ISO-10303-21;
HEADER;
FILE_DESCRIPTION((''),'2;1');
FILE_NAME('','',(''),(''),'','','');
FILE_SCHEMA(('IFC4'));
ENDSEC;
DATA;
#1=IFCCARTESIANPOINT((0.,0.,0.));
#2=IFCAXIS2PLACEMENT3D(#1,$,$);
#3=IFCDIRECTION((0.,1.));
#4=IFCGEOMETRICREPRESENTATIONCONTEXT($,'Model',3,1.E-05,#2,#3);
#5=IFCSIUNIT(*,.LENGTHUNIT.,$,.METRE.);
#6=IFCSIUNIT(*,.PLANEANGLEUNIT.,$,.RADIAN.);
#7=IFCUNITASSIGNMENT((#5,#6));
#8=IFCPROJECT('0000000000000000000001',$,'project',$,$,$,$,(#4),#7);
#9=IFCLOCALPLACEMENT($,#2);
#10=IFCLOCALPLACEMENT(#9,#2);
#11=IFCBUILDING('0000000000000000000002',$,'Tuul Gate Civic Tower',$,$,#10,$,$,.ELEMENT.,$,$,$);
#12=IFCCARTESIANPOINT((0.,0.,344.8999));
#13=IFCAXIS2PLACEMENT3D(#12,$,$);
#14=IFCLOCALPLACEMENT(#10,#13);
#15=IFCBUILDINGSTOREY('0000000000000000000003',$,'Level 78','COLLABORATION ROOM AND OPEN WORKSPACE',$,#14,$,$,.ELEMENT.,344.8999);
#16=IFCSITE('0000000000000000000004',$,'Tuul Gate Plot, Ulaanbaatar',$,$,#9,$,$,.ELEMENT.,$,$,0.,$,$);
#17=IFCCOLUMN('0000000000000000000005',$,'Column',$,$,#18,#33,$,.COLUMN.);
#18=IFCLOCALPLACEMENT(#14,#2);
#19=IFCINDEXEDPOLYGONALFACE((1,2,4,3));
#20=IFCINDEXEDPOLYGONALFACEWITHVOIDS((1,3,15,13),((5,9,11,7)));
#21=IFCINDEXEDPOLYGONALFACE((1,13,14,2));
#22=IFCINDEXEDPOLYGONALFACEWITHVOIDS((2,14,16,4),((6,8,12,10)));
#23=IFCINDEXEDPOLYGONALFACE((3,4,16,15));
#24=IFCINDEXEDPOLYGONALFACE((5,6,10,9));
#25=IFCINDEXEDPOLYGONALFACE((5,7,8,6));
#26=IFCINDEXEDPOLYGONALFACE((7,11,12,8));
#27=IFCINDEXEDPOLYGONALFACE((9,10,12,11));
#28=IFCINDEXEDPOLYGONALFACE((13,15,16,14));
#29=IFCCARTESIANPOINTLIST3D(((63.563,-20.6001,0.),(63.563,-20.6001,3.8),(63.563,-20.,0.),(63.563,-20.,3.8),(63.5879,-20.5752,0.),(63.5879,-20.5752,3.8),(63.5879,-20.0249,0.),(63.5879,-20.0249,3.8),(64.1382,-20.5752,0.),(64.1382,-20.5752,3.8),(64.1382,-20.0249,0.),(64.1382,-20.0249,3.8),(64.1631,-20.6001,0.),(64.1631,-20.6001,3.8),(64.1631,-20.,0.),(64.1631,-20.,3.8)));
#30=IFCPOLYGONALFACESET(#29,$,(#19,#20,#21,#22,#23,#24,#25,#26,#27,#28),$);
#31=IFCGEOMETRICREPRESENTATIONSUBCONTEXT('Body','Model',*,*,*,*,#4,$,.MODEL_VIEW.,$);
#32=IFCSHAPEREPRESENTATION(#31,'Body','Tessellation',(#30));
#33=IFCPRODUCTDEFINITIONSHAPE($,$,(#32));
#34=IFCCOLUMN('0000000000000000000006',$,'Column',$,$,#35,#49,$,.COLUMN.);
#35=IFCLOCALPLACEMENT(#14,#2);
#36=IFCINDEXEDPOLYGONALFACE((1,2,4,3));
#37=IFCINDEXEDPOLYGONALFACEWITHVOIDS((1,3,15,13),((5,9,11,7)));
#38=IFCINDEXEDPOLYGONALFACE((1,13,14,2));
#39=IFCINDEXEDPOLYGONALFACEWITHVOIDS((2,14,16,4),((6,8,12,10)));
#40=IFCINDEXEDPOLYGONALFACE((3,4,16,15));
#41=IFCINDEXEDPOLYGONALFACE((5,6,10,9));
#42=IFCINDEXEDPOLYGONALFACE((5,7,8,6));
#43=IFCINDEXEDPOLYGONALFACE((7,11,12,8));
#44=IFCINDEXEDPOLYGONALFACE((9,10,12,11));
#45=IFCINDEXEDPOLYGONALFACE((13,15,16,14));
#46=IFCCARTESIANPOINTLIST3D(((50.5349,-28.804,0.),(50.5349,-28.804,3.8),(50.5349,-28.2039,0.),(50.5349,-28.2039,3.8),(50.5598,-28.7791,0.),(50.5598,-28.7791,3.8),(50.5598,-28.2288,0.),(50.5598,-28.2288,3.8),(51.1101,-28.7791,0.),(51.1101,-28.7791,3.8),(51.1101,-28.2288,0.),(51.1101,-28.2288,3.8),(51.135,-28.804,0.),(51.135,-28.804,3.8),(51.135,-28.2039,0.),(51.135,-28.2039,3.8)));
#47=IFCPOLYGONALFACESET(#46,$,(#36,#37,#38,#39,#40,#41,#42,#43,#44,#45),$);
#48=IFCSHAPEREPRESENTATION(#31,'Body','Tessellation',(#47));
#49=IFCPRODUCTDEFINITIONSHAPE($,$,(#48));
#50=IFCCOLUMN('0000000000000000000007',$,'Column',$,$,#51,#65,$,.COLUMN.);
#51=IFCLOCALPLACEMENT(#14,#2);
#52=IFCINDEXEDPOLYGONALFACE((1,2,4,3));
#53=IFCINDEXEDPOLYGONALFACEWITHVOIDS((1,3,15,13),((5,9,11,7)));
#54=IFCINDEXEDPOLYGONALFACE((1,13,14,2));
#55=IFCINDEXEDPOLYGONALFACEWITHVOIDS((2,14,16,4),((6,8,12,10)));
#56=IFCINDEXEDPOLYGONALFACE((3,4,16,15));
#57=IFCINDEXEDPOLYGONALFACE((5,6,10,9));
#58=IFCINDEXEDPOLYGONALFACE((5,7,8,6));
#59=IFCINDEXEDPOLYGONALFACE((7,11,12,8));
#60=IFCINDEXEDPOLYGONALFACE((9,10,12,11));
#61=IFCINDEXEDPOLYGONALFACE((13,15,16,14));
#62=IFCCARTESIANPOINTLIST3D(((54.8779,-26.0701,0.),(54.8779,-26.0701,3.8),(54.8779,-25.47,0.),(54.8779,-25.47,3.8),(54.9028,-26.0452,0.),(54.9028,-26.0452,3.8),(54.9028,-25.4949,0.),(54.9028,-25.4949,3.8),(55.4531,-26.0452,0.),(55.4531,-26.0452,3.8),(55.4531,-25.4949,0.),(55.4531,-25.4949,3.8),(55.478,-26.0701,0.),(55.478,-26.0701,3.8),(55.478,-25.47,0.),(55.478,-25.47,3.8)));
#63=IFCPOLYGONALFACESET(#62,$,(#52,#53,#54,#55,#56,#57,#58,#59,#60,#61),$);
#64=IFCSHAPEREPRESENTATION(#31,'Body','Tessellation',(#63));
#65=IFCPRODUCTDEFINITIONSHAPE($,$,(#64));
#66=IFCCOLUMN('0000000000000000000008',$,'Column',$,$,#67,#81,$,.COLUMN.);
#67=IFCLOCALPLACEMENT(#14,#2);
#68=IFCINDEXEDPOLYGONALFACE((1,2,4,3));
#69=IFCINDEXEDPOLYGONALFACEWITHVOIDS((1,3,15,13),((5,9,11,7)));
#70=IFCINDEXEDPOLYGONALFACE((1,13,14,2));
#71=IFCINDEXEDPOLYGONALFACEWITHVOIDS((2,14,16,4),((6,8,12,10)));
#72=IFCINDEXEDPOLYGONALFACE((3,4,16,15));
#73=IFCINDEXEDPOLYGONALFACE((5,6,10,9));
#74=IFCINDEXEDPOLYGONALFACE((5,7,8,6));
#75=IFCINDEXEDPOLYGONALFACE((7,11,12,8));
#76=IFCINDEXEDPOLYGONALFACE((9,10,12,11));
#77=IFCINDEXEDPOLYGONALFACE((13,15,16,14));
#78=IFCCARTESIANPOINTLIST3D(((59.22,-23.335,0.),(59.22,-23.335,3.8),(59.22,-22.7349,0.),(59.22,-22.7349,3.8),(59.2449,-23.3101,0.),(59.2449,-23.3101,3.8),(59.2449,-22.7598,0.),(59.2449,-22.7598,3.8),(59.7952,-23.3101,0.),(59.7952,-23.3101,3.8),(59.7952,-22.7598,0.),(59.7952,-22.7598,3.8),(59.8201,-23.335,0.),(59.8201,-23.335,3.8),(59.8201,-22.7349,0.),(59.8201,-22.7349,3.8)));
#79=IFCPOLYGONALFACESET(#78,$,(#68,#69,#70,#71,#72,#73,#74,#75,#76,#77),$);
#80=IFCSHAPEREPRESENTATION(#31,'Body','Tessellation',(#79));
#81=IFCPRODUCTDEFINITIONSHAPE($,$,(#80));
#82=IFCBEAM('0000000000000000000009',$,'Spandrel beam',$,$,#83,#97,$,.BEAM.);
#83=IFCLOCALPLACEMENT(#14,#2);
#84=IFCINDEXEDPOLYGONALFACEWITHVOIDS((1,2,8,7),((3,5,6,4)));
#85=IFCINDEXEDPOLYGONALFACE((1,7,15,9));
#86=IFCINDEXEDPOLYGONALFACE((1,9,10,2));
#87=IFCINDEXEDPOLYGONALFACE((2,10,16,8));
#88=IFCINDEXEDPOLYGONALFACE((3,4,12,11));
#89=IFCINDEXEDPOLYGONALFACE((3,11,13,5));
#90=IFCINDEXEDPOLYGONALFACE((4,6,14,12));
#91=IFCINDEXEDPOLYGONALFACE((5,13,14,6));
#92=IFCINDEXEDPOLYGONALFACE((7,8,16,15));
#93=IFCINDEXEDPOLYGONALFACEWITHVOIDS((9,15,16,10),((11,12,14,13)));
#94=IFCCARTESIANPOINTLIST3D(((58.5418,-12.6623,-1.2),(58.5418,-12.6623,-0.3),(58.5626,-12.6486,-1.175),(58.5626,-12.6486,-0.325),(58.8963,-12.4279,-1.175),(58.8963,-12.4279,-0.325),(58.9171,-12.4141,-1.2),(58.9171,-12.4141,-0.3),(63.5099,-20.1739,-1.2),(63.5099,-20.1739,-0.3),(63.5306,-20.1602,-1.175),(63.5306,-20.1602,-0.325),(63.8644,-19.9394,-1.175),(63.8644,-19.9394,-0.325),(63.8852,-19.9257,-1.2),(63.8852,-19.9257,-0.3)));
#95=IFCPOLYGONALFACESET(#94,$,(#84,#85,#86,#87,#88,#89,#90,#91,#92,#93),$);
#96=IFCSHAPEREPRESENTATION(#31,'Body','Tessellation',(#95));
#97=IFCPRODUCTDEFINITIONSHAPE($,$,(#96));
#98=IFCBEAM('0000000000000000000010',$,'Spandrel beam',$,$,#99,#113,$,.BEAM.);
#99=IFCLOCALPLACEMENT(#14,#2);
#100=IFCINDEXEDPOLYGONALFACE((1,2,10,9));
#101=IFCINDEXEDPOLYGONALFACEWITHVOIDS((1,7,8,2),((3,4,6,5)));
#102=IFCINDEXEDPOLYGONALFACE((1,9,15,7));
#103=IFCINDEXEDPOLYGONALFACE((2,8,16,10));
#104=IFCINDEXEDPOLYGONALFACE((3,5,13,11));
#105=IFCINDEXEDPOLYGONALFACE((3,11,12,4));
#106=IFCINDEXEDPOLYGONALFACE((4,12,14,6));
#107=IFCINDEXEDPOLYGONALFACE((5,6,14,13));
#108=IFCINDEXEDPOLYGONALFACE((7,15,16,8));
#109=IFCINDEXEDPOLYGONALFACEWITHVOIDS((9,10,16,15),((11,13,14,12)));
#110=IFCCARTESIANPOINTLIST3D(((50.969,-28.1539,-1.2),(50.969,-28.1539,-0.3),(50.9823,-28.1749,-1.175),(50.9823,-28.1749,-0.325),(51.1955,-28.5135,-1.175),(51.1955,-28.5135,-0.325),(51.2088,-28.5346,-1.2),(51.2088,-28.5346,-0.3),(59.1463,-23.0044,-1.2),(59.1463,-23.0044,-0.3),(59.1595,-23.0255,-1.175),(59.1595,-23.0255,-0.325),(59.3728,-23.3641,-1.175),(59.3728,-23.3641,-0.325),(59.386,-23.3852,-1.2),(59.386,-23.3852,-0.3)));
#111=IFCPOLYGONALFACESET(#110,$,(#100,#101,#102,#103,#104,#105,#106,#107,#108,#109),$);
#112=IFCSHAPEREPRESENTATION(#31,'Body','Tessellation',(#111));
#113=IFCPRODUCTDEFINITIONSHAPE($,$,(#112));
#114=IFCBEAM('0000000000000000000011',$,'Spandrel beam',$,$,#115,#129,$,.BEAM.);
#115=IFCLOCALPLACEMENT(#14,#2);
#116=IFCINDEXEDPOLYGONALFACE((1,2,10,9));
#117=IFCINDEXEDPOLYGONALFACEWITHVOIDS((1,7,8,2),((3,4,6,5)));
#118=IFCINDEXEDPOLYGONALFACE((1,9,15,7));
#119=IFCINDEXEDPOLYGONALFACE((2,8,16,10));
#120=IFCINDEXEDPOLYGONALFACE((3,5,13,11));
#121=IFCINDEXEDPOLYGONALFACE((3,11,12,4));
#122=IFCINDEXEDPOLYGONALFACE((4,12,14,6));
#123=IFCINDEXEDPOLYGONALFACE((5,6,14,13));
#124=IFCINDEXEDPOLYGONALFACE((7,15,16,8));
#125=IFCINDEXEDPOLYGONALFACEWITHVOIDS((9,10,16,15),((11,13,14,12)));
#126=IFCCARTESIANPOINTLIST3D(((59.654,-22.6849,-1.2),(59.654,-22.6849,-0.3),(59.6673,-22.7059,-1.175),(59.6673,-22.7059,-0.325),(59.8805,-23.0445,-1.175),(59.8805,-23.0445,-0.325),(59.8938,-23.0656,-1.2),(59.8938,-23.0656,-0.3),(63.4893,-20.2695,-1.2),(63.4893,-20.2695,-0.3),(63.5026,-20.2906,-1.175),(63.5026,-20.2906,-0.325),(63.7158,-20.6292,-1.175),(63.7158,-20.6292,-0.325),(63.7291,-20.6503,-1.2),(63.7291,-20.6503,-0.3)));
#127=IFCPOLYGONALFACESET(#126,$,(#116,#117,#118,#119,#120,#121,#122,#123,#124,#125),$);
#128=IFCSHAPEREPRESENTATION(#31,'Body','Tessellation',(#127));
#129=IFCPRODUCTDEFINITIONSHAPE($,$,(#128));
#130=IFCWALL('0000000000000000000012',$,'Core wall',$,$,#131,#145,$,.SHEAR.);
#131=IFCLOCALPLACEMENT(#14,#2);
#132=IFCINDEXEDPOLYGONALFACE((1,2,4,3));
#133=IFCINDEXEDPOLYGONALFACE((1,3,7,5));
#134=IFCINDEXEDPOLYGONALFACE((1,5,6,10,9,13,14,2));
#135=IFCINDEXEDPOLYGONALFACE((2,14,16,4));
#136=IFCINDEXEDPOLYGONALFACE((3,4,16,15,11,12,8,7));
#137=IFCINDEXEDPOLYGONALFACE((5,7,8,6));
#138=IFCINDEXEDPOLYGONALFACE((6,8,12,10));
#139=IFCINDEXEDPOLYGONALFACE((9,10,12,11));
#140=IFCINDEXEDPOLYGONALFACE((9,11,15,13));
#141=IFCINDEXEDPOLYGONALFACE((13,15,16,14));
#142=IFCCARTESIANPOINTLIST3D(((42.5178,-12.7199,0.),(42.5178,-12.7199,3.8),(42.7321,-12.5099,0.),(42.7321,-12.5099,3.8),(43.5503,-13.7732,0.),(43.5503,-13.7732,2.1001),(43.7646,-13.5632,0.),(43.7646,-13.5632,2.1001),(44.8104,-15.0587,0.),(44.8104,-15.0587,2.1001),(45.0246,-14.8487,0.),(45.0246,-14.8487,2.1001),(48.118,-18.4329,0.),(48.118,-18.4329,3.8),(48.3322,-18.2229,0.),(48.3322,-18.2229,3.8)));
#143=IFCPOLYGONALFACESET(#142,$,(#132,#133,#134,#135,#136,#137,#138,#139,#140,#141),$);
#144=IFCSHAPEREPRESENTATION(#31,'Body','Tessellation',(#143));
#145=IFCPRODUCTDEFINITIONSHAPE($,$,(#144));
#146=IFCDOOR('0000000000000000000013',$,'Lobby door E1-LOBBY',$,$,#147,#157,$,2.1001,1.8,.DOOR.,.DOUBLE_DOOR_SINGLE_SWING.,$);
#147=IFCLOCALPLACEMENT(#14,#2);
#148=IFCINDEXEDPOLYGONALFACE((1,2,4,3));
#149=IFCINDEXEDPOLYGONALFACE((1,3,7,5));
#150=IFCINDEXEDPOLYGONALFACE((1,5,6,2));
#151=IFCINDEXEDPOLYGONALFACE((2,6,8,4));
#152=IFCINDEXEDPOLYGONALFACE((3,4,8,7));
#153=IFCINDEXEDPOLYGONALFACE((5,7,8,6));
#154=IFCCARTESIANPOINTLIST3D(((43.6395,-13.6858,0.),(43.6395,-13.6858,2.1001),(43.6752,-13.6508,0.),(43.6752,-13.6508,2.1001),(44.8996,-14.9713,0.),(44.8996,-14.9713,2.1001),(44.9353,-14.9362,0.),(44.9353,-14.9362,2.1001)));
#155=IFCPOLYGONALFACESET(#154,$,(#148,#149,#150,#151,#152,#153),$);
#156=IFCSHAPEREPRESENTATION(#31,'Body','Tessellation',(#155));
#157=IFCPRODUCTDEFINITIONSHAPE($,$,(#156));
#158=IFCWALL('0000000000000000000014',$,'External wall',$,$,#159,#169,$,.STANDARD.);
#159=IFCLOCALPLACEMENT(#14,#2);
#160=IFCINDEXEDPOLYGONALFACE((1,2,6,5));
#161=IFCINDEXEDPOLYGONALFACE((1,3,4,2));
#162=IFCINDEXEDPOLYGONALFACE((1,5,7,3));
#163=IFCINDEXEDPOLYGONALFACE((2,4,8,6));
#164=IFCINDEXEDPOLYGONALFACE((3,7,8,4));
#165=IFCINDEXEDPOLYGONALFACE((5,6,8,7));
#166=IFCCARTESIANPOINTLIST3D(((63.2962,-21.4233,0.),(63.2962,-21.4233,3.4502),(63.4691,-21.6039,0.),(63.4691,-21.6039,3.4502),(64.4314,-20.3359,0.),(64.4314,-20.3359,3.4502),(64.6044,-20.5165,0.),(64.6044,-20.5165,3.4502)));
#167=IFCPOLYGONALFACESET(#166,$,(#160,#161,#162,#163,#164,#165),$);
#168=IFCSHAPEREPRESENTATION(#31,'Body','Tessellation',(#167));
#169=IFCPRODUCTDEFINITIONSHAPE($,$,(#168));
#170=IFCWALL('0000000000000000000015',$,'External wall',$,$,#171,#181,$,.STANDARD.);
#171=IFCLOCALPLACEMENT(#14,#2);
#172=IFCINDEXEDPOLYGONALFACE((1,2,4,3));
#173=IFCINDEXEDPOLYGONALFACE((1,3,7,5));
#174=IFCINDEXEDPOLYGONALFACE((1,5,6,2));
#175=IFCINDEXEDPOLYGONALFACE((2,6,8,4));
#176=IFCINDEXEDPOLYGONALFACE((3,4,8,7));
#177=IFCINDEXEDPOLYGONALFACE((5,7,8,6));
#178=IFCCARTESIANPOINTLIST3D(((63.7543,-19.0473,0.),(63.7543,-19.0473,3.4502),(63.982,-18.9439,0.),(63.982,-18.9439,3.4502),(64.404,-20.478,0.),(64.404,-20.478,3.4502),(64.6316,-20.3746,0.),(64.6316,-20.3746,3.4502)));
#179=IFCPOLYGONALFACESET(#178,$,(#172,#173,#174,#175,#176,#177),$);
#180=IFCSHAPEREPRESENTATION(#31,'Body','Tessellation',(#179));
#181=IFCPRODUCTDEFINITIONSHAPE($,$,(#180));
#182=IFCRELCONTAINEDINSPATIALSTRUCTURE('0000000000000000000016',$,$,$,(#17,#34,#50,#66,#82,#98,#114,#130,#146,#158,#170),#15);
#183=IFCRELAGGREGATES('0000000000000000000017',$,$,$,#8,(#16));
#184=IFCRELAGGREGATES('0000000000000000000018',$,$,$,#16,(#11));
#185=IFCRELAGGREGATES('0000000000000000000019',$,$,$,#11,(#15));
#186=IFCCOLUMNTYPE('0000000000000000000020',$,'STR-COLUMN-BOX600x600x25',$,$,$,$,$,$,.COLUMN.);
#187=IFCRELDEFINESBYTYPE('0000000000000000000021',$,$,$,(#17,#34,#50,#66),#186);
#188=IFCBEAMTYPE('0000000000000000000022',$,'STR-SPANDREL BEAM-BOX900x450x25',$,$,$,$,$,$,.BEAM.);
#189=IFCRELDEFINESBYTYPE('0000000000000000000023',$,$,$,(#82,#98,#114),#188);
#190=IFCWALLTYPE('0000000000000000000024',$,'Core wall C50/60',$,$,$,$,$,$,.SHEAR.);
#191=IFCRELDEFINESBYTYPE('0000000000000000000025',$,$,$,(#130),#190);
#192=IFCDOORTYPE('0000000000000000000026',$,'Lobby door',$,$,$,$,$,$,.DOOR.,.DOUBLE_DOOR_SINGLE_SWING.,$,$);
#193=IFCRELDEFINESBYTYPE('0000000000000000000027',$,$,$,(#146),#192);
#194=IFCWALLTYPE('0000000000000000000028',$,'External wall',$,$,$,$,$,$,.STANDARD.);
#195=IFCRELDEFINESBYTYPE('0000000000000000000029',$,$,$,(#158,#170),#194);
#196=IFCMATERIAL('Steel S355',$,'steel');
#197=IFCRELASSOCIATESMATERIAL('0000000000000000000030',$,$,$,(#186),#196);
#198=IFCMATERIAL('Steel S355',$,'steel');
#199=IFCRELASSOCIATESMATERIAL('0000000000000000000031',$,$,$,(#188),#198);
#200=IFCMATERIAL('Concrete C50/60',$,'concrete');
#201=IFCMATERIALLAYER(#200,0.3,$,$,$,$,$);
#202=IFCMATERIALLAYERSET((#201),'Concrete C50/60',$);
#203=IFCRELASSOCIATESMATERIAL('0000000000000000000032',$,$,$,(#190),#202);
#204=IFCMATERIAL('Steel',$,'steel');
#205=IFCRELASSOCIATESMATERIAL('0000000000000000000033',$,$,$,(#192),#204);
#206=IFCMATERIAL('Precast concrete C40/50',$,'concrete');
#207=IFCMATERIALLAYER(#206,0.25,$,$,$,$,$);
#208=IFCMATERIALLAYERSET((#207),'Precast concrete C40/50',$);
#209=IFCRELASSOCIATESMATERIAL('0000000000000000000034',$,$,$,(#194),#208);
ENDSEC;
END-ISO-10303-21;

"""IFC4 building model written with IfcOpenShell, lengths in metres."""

from ifc_helpers import new_model, si_unit, direction, frame, frame_2d, origin, origin_2d, place, context, subcontext, project, spatial, rectangle, hollow_rectangle, extrude, material, layer, layer_set, material_profile, profile_set, type_object, element, fill, save


model = new_model("IFC4")

# Units and contexts
model_context = context("Model", 3, precision=1e-05, world=origin(), true_north=direction((0.0, 1.0)))
body_context = subcontext(model_context, "Body", "Model", "MODEL_VIEW")
ifc_project = project(units=[si_unit("LENGTHUNIT", "METRE"), si_unit("PLANEANGLEUNIT", "RADIAN")], contexts=[model_context])

# Site, building, storey
site_placement = place(None, origin())
site = spatial("IfcSite", under=ifc_project, at=site_placement, Name="Tuul Gate Plot, Ulaanbaatar", CompositionType="ELEMENT", RefElevation=0.0)
building_placement = place(site_placement, origin())
building = spatial("IfcBuilding", under=site, at=building_placement, Name="Tuul Gate Civic Tower", CompositionType="ELEMENT")
storey_placement = place(building_placement, frame((0.0, 0.0, 344.8999)))
storey = spatial("IfcBuildingStorey", under=building, at=storey_placement, Name="Level 78", Description="COLLABORATION ROOM AND OPEN WORKSPACE", CompositionType="ELEMENT", Elevation=344.8999)

# Columns
ifc_material_1 = material(Name="Steel S355", Category="steel")
ifc_material_profile_1 = material_profile(ifc_material_1, hollow_rectangle(XDim=0.6001, YDim=0.6001, WallThickness=0.0249, at=origin_2d()), Name="BOX600x600x25")
ifc_profile_set_1 = profile_set([ifc_material_profile_1], Name="Steel S355")
column_type = type_object("IfcColumnType", Name="STR-COLUMN-BOX600x600x25", PredefinedType="COLUMN", material=ifc_profile_set_1)
for number, where, z_axis, x_axis, name in (
    (1, (63.863, -20.3, 0.0), (0.0, 0.0, 1.0), (1.0, 0.0, 0.0), "Column"),
    (2, (50.835, -28.5039, 0.0), (0.0, 0.0, 1.0), (1.0, 0.0, 0.0), "Column"),
    (3, (55.178, -25.77, 0.0), (0.0, 0.0, 1.0), (1.0, 0.0, 0.0), "Column"),
    (4, (59.52, -23.0349, 0.0), (0.0, 0.0, 1.0), (1.0, 0.0, 0.0), "Column"),
):
    element("IfcColumn", number, at=place(storey_placement, frame(where, z_axis=z_axis, x_axis=x_axis)), inside=storey, type_object=column_type, Name=name, PredefinedType="COLUMN", context=body_context, shape_type="SweptSolid", body=[
        extrude(hollow_rectangle(XDim=0.6001, YDim=0.6001, WallThickness=0.0249, at=origin_2d()), origin(), (0.0, 0.0, 1.0), 3.8),
    ])

# Beams
ifc_material_2 = material(Name="Steel S355", Category="steel")
ifc_material_profile_2 = material_profile(ifc_material_2, hollow_rectangle(XDim=0.45, YDim=0.8999, WallThickness=0.0249, at=origin_2d()), Name="BOX900x450x25")
ifc_profile_set_2 = profile_set([ifc_material_profile_2], Name="Steel S355")
beam_type = type_object("IfcBeamType", Name="STR-SPANDREL BEAM-BOX900x450x25", PredefinedType="BEAM", material=ifc_profile_set_2)
beam_1_placement = place(storey_placement, frame((63.6975, -20.0498, -0.75), z_axis=(-0.55165, 0.834076, 0.0), x_axis=(-0.834076, -0.55165, 0.0)))
element("IfcBeam", 5, at=beam_1_placement, inside=storey, type_object=beam_type, Name="Spandrel beam", PredefinedType="BEAM", context=body_context, shape_type="SweptSolid", body=[
    extrude(hollow_rectangle(XDim=0.45, YDim=0.8999, WallThickness=0.0249, at=origin_2d()), origin(), (0.0, 0.0, 1.0), 9.0059),
])
beam_2_placement = place(storey_placement, frame((51.0889, -28.3442, -0.75), z_axis=(0.846197, 0.532871, 0.0), x_axis=(-0.532871, 0.846197, 0.0)))
element("IfcBeam", 6, at=beam_2_placement, inside=storey, type_object=beam_type, Name="Spandrel beam", PredefinedType="BEAM", context=body_context, shape_type="SweptSolid", body=[
    extrude(hollow_rectangle(XDim=0.45, YDim=0.8999, WallThickness=0.0249, at=origin_2d()), origin(), (0.0, 0.0, 1.0), 9.6636),
])
beam_3_placement = place(storey_placement, frame((59.7739, -22.8752, -0.75), z_axis=(0.846181, 0.532896, 0.0), x_axis=(-0.532896, 0.846181, 0.0)))
element("IfcBeam", 7, at=beam_3_placement, inside=storey, type_object=beam_type, Name="Spandrel beam", PredefinedType="BEAM", context=body_context, shape_type="SweptSolid", body=[
    extrude(hollow_rectangle(XDim=0.45, YDim=0.8999, WallThickness=0.0249, at=origin_2d()), origin(), (0.0, 0.0, 1.0), 4.5325),
])

# Wall, opening, door
ifc_material_3 = material(Name="Concrete C50/60", Category="concrete")
ifc_layer_1 = layer(ifc_material_3, 0.3)
ifc_layer_set_1 = layer_set([ifc_layer_1], Name="Concrete C50/60")
wall_type_1 = type_object("IfcWallType", Name="Core wall C50/60", PredefinedType="SHEAR", material=ifc_layer_set_1)
wall_1_placement = place(storey_placement, frame((48.2251, -18.3279, 0.0), z_axis=(0.0, 0.0, 1.0), x_axis=(-0.700022, 0.714121, 0.0)))
wall_1 = element("IfcWall", 8, at=wall_1_placement, inside=storey, type_object=wall_type_1, Name="Core wall", PredefinedType="SHEAR", context=body_context, shape_type="SweptSolid", body=[
    extrude(rectangle(XDim=8.0, YDim=0.3, at=frame_2d((4.0, 0.0))), origin(), (0.0, 0.0, 1.0), 3.8),
])
opening_1_placement = place(wall_1_placement, frame((4.7251, 0.0, 0.0)))
opening_1 = element("IfcOpeningElement", 9, at=opening_1_placement, cuts=wall_1, PredefinedType="OPENING", context=body_context, shape_type="SweptSolid", body=[
    extrude(rectangle(XDim=1.8, YDim=2.1001, at=frame_2d((0.8999, 1.05))), frame((0.0, 0.1602, 0.0), z_axis=(0.0, -1.0, 0.0), x_axis=(1.0, 0.0, 0.0)), (0.0, 0.0, 1.0), 0.3201),
])
ifc_material_4 = material(Name="Steel", Category="steel")
door_type = type_object("IfcDoorType", Name="Lobby door", OperationType="DOUBLE_DOOR_SINGLE_SWING", PredefinedType="DOOR", material=ifc_material_4)
door_placement = place(opening_1_placement, frame((1.8, 0.0, 0.0), z_axis=(0.0, 0.0, 1.0), x_axis=(-1.0, 0.0, 0.0)))
door = element("IfcDoor", 10, at=door_placement, inside=storey, type_object=door_type, Name="Lobby door E1-LOBBY", OperationType="DOUBLE_DOOR_SINGLE_SWING", OverallHeight=2.1001, OverallWidth=1.8, PredefinedType="DOOR", context=body_context, shape_type="SweptSolid", body=[
    extrude(rectangle(XDim=1.8, YDim=2.1001, at=frame_2d((0.9001, 1.05))), frame((0.0, 0.0249, 0.0), z_axis=(0.0, -1.0, 0.0), x_axis=(1.0, 0.0, 0.0)), (0.0, 0.0, 1.0), 0.05),
])
fill(opening_1, door)

# Walls
ifc_material_5 = material(Name="Precast concrete C40/50", Category="concrete")
ifc_layer_2 = layer(ifc_material_5, 0.25)
ifc_layer_set_2 = layer_set([ifc_layer_2], Name="Precast concrete C40/50")
wall_type_2 = type_object("IfcWallType", Name="External wall", PredefinedType="STANDARD", material=ifc_layer_set_2)
wall_2_placement = place(storey_placement, frame((63.3826, -21.5137, 0.0), z_axis=(0.0, 0.0, 1.0), x_axis=(0.722163, 0.691723, 0.0)))
element("IfcWall", 11, at=wall_2_placement, inside=storey, type_object=wall_type_2, Name="External wall", PredefinedType="STANDARD", context=body_context, shape_type="SweptSolid", body=[
    extrude(rectangle(XDim=1.572, YDim=0.25, at=frame_2d((0.7861, 0.0))), origin(), (0.0, 0.0, 1.0), 3.4502),
])
wall_3_placement = place(storey_placement, frame((64.5178, -20.4263, 0.0), z_axis=(0.0, 0.0, 1.0), x_axis=(-0.413463, 0.910521, 0.0)))
element("IfcWall", 12, at=wall_3_placement, inside=storey, type_object=wall_type_2, Name="External wall", PredefinedType="STANDARD", context=body_context, shape_type="SweptSolid", body=[
    extrude(rectangle(XDim=1.5713, YDim=0.25, at=frame_2d((0.7856, 0.0))), origin(), (0.0, 0.0, 1.0), 3.4502),
])

save(model, "model.ifc")
